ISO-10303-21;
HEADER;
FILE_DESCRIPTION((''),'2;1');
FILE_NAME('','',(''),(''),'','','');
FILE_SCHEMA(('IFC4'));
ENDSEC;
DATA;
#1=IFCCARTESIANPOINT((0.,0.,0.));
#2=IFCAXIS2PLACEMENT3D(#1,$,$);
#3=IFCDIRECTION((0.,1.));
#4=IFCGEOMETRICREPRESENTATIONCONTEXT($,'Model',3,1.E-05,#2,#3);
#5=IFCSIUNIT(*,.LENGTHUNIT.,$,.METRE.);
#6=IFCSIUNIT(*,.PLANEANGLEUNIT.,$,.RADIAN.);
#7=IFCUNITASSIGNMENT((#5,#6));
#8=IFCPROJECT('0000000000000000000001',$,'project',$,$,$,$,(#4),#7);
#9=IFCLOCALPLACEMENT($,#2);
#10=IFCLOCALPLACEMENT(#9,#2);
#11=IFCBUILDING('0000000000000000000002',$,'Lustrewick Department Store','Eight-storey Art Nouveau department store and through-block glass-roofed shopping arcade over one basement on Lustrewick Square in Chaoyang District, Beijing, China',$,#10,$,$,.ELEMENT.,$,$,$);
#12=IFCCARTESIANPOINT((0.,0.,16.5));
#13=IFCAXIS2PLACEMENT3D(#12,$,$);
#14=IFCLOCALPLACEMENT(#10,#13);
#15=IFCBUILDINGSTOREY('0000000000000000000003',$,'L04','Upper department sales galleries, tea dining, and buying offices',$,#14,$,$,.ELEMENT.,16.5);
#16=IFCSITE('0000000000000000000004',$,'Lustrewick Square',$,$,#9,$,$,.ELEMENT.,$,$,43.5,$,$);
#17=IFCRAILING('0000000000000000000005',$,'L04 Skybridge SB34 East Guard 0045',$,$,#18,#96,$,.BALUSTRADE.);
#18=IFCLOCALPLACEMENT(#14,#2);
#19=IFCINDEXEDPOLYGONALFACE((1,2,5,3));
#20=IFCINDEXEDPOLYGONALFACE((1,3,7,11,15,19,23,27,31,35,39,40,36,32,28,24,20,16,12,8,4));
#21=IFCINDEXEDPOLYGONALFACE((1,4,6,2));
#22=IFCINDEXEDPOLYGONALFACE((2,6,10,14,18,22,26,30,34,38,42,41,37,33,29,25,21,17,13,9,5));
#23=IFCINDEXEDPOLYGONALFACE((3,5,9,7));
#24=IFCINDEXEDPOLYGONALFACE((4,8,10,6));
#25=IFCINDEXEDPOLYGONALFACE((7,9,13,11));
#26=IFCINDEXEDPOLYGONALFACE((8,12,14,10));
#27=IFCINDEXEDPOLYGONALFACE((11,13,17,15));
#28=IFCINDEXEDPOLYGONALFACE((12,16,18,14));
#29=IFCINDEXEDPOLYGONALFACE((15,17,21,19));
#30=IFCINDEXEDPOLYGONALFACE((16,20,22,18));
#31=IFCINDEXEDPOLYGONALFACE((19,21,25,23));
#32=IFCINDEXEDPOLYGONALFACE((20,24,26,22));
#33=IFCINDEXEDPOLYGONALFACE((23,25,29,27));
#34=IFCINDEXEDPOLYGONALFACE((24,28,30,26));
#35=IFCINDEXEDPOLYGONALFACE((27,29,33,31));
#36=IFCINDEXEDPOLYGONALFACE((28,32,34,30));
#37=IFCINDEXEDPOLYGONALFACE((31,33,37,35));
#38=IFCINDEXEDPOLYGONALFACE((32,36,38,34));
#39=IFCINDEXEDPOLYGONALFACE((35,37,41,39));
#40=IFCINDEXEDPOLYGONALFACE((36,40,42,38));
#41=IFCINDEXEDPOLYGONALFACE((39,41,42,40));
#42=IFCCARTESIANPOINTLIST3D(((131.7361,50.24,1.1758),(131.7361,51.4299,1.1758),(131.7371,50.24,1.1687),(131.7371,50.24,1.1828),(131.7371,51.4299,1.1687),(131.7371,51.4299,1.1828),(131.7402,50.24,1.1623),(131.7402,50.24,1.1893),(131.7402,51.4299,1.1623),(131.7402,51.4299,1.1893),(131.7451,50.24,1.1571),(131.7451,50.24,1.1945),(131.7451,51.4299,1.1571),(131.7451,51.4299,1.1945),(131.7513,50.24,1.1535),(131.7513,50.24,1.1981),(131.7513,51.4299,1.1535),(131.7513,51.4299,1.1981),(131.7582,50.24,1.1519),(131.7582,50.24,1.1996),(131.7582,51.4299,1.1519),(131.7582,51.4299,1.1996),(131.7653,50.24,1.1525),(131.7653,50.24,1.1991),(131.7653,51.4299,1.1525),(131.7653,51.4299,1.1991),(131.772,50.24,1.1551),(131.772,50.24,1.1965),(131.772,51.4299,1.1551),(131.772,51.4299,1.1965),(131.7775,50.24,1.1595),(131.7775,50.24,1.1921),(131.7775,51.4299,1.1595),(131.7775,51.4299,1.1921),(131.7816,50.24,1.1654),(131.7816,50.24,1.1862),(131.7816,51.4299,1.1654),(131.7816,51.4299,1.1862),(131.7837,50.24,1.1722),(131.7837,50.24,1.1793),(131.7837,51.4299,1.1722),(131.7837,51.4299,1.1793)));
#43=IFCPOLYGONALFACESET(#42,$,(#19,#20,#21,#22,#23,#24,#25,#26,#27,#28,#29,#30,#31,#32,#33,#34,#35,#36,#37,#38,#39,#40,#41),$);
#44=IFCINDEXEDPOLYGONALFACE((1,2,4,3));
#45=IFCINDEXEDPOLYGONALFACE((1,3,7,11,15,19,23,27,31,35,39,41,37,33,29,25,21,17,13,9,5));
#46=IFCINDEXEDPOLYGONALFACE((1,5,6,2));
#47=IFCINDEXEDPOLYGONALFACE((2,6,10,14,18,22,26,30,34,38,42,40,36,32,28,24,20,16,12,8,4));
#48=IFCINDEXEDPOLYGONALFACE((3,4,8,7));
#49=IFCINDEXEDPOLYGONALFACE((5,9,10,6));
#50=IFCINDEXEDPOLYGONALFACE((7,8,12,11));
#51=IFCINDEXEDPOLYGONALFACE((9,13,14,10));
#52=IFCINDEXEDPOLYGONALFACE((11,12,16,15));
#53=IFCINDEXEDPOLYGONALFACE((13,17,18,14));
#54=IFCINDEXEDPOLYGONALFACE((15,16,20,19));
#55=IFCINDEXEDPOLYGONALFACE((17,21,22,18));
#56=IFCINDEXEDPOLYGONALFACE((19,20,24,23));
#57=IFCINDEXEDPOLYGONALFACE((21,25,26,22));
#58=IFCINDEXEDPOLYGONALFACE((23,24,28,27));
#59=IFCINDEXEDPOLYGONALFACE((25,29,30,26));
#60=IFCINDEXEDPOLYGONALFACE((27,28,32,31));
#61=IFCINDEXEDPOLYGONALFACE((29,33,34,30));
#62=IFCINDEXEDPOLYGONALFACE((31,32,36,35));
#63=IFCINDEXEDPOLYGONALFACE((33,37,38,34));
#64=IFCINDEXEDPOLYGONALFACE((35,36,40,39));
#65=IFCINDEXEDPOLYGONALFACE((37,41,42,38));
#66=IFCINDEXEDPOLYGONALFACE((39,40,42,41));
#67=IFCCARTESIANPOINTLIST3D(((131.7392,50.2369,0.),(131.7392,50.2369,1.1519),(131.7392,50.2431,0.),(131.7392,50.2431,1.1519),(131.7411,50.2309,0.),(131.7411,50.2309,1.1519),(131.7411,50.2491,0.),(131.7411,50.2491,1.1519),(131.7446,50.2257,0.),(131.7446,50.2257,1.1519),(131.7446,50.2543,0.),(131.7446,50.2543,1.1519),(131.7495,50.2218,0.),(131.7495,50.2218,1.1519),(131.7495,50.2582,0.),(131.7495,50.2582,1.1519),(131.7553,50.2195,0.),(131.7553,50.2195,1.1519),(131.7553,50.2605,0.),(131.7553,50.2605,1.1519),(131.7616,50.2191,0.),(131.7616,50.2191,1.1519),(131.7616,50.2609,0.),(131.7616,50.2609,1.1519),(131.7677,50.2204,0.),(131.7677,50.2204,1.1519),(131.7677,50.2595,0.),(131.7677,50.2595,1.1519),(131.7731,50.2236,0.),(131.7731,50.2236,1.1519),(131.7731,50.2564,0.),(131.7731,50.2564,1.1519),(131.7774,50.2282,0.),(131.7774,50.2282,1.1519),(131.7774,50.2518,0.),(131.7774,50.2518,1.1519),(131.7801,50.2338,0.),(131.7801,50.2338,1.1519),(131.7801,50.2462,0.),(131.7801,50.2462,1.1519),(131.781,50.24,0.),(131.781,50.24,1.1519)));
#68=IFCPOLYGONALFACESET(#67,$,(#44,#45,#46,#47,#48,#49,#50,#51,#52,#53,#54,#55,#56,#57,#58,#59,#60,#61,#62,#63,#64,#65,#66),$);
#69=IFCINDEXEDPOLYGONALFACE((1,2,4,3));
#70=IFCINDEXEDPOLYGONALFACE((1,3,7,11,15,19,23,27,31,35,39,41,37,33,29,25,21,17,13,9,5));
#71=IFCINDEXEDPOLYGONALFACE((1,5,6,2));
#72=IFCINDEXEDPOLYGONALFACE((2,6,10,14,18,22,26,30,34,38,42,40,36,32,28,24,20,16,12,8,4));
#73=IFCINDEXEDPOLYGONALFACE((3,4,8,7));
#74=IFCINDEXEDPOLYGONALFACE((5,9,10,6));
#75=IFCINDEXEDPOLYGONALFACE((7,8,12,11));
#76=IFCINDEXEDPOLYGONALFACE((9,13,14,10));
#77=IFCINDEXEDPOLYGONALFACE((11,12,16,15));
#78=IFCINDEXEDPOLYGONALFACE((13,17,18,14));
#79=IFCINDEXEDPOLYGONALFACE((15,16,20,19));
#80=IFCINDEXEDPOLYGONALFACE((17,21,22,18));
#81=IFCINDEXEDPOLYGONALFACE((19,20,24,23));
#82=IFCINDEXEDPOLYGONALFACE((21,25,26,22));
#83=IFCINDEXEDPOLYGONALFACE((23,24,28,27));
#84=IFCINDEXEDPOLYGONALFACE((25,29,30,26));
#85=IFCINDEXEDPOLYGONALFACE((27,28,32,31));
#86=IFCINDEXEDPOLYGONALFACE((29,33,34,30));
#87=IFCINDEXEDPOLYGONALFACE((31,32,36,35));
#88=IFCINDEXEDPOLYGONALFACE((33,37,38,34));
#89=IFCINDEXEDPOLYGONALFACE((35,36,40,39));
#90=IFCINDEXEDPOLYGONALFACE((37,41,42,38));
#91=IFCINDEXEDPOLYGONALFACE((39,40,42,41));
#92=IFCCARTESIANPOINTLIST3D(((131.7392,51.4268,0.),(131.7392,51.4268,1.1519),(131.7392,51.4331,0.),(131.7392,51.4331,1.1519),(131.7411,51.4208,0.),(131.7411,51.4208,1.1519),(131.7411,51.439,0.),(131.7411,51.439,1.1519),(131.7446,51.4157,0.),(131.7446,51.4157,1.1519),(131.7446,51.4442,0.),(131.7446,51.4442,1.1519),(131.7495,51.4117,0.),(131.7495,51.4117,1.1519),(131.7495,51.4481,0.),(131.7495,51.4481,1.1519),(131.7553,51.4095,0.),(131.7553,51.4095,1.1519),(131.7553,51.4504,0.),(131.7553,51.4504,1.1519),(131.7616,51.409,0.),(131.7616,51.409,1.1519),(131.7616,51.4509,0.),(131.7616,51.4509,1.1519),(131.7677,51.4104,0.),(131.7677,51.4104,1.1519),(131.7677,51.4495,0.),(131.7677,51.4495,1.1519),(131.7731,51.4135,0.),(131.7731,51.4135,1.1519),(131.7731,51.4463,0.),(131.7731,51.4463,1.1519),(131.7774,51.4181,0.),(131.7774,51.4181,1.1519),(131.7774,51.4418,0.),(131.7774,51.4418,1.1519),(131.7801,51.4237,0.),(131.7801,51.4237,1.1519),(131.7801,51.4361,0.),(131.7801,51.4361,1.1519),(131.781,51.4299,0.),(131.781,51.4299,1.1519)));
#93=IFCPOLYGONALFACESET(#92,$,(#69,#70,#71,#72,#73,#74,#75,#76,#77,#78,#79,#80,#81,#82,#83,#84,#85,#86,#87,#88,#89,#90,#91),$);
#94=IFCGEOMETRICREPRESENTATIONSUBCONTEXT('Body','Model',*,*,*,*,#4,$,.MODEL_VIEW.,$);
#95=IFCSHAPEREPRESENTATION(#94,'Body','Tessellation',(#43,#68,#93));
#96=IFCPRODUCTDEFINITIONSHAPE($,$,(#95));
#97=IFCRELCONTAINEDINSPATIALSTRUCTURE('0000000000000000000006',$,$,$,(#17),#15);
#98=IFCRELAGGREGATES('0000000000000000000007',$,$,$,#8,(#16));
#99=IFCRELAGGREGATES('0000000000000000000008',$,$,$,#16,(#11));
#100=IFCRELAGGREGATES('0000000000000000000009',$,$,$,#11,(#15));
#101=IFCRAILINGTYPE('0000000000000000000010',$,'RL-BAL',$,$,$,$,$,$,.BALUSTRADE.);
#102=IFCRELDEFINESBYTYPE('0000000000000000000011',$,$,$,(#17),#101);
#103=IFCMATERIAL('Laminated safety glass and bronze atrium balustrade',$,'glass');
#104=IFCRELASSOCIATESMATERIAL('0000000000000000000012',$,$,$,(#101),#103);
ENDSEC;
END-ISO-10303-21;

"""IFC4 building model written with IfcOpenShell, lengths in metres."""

from ifc_helpers import new_model, si_unit, direction, frame, origin, origin_2d, place, context, subcontext, project, spatial, circle, extrude, material, type_object, element, save


model = new_model("IFC4")

# Units and contexts
model_context = context("Model", 3, precision=1e-05, world=origin(), true_north=direction((0.0, 1.0)))
body_context = subcontext(model_context, "Body", "Model", "MODEL_VIEW")
ifc_project = project(units=[si_unit("LENGTHUNIT", "METRE"), si_unit("PLANEANGLEUNIT", "RADIAN")], contexts=[model_context])

# Site, building, storey
site_placement = place(None, origin())
site = spatial("IfcSite", under=ifc_project, at=site_placement, Name="Lustrewick Square", CompositionType="ELEMENT", RefElevation=43.5)
building_placement = place(site_placement, origin())
building = spatial("IfcBuilding", under=site, at=building_placement, Name="Lustrewick Department Store", Description="Eight-storey Art Nouveau department store and through-block glass-roofed shopping arcade over one basement on Lustrewick Square in Chaoyang District, Beijing, China", CompositionType="ELEMENT")
storey_placement = place(building_placement, frame((0.0, 0.0, 16.5)))
storey = spatial("IfcBuildingStorey", under=building, at=storey_placement, Name="L04", Description="Upper department sales galleries, tea dining, and buying offices", CompositionType="ELEMENT", Elevation=16.5)

# Railing
ifc_material_1 = material(Name="Laminated safety glass and bronze atrium balustrade", Category="glass")
railing_type_1 = type_object("IfcRailingType", Name="RL-BAL", PredefinedType="BALUSTRADE", material=ifc_material_1)
for number, where, name in (
    (1, (131.76, 50.24, 0.0), "L04 Skybridge SB34 East Guard 0045"),
):
    element("IfcRailing", number, at=place(storey_placement, frame(where)), inside=storey, type_object=railing_type_1, Name=name, PredefinedType="BALUSTRADE", context=body_context, shape_type="SweptSolid", body=[
        extrude(circle(Radius=0.0239, at=origin_2d()), frame((0.0, 0.0, 1.1758), z_axis=(0.0, 1.0, 0.0), x_axis=(-1.0, 0.0, 0.0)), (0.0, 0.0, 1.0), 1.1899),
        extrude(circle(Radius=0.021, at=origin_2d()), origin(), (0.0, 0.0, 1.0), 1.1519),
        extrude(circle(Radius=0.021, at=origin_2d()), frame((0.0, 1.1899, 0.0)), (0.0, 0.0, 1.0), 1.1519),
    ])

save(model, "model.ifc")
